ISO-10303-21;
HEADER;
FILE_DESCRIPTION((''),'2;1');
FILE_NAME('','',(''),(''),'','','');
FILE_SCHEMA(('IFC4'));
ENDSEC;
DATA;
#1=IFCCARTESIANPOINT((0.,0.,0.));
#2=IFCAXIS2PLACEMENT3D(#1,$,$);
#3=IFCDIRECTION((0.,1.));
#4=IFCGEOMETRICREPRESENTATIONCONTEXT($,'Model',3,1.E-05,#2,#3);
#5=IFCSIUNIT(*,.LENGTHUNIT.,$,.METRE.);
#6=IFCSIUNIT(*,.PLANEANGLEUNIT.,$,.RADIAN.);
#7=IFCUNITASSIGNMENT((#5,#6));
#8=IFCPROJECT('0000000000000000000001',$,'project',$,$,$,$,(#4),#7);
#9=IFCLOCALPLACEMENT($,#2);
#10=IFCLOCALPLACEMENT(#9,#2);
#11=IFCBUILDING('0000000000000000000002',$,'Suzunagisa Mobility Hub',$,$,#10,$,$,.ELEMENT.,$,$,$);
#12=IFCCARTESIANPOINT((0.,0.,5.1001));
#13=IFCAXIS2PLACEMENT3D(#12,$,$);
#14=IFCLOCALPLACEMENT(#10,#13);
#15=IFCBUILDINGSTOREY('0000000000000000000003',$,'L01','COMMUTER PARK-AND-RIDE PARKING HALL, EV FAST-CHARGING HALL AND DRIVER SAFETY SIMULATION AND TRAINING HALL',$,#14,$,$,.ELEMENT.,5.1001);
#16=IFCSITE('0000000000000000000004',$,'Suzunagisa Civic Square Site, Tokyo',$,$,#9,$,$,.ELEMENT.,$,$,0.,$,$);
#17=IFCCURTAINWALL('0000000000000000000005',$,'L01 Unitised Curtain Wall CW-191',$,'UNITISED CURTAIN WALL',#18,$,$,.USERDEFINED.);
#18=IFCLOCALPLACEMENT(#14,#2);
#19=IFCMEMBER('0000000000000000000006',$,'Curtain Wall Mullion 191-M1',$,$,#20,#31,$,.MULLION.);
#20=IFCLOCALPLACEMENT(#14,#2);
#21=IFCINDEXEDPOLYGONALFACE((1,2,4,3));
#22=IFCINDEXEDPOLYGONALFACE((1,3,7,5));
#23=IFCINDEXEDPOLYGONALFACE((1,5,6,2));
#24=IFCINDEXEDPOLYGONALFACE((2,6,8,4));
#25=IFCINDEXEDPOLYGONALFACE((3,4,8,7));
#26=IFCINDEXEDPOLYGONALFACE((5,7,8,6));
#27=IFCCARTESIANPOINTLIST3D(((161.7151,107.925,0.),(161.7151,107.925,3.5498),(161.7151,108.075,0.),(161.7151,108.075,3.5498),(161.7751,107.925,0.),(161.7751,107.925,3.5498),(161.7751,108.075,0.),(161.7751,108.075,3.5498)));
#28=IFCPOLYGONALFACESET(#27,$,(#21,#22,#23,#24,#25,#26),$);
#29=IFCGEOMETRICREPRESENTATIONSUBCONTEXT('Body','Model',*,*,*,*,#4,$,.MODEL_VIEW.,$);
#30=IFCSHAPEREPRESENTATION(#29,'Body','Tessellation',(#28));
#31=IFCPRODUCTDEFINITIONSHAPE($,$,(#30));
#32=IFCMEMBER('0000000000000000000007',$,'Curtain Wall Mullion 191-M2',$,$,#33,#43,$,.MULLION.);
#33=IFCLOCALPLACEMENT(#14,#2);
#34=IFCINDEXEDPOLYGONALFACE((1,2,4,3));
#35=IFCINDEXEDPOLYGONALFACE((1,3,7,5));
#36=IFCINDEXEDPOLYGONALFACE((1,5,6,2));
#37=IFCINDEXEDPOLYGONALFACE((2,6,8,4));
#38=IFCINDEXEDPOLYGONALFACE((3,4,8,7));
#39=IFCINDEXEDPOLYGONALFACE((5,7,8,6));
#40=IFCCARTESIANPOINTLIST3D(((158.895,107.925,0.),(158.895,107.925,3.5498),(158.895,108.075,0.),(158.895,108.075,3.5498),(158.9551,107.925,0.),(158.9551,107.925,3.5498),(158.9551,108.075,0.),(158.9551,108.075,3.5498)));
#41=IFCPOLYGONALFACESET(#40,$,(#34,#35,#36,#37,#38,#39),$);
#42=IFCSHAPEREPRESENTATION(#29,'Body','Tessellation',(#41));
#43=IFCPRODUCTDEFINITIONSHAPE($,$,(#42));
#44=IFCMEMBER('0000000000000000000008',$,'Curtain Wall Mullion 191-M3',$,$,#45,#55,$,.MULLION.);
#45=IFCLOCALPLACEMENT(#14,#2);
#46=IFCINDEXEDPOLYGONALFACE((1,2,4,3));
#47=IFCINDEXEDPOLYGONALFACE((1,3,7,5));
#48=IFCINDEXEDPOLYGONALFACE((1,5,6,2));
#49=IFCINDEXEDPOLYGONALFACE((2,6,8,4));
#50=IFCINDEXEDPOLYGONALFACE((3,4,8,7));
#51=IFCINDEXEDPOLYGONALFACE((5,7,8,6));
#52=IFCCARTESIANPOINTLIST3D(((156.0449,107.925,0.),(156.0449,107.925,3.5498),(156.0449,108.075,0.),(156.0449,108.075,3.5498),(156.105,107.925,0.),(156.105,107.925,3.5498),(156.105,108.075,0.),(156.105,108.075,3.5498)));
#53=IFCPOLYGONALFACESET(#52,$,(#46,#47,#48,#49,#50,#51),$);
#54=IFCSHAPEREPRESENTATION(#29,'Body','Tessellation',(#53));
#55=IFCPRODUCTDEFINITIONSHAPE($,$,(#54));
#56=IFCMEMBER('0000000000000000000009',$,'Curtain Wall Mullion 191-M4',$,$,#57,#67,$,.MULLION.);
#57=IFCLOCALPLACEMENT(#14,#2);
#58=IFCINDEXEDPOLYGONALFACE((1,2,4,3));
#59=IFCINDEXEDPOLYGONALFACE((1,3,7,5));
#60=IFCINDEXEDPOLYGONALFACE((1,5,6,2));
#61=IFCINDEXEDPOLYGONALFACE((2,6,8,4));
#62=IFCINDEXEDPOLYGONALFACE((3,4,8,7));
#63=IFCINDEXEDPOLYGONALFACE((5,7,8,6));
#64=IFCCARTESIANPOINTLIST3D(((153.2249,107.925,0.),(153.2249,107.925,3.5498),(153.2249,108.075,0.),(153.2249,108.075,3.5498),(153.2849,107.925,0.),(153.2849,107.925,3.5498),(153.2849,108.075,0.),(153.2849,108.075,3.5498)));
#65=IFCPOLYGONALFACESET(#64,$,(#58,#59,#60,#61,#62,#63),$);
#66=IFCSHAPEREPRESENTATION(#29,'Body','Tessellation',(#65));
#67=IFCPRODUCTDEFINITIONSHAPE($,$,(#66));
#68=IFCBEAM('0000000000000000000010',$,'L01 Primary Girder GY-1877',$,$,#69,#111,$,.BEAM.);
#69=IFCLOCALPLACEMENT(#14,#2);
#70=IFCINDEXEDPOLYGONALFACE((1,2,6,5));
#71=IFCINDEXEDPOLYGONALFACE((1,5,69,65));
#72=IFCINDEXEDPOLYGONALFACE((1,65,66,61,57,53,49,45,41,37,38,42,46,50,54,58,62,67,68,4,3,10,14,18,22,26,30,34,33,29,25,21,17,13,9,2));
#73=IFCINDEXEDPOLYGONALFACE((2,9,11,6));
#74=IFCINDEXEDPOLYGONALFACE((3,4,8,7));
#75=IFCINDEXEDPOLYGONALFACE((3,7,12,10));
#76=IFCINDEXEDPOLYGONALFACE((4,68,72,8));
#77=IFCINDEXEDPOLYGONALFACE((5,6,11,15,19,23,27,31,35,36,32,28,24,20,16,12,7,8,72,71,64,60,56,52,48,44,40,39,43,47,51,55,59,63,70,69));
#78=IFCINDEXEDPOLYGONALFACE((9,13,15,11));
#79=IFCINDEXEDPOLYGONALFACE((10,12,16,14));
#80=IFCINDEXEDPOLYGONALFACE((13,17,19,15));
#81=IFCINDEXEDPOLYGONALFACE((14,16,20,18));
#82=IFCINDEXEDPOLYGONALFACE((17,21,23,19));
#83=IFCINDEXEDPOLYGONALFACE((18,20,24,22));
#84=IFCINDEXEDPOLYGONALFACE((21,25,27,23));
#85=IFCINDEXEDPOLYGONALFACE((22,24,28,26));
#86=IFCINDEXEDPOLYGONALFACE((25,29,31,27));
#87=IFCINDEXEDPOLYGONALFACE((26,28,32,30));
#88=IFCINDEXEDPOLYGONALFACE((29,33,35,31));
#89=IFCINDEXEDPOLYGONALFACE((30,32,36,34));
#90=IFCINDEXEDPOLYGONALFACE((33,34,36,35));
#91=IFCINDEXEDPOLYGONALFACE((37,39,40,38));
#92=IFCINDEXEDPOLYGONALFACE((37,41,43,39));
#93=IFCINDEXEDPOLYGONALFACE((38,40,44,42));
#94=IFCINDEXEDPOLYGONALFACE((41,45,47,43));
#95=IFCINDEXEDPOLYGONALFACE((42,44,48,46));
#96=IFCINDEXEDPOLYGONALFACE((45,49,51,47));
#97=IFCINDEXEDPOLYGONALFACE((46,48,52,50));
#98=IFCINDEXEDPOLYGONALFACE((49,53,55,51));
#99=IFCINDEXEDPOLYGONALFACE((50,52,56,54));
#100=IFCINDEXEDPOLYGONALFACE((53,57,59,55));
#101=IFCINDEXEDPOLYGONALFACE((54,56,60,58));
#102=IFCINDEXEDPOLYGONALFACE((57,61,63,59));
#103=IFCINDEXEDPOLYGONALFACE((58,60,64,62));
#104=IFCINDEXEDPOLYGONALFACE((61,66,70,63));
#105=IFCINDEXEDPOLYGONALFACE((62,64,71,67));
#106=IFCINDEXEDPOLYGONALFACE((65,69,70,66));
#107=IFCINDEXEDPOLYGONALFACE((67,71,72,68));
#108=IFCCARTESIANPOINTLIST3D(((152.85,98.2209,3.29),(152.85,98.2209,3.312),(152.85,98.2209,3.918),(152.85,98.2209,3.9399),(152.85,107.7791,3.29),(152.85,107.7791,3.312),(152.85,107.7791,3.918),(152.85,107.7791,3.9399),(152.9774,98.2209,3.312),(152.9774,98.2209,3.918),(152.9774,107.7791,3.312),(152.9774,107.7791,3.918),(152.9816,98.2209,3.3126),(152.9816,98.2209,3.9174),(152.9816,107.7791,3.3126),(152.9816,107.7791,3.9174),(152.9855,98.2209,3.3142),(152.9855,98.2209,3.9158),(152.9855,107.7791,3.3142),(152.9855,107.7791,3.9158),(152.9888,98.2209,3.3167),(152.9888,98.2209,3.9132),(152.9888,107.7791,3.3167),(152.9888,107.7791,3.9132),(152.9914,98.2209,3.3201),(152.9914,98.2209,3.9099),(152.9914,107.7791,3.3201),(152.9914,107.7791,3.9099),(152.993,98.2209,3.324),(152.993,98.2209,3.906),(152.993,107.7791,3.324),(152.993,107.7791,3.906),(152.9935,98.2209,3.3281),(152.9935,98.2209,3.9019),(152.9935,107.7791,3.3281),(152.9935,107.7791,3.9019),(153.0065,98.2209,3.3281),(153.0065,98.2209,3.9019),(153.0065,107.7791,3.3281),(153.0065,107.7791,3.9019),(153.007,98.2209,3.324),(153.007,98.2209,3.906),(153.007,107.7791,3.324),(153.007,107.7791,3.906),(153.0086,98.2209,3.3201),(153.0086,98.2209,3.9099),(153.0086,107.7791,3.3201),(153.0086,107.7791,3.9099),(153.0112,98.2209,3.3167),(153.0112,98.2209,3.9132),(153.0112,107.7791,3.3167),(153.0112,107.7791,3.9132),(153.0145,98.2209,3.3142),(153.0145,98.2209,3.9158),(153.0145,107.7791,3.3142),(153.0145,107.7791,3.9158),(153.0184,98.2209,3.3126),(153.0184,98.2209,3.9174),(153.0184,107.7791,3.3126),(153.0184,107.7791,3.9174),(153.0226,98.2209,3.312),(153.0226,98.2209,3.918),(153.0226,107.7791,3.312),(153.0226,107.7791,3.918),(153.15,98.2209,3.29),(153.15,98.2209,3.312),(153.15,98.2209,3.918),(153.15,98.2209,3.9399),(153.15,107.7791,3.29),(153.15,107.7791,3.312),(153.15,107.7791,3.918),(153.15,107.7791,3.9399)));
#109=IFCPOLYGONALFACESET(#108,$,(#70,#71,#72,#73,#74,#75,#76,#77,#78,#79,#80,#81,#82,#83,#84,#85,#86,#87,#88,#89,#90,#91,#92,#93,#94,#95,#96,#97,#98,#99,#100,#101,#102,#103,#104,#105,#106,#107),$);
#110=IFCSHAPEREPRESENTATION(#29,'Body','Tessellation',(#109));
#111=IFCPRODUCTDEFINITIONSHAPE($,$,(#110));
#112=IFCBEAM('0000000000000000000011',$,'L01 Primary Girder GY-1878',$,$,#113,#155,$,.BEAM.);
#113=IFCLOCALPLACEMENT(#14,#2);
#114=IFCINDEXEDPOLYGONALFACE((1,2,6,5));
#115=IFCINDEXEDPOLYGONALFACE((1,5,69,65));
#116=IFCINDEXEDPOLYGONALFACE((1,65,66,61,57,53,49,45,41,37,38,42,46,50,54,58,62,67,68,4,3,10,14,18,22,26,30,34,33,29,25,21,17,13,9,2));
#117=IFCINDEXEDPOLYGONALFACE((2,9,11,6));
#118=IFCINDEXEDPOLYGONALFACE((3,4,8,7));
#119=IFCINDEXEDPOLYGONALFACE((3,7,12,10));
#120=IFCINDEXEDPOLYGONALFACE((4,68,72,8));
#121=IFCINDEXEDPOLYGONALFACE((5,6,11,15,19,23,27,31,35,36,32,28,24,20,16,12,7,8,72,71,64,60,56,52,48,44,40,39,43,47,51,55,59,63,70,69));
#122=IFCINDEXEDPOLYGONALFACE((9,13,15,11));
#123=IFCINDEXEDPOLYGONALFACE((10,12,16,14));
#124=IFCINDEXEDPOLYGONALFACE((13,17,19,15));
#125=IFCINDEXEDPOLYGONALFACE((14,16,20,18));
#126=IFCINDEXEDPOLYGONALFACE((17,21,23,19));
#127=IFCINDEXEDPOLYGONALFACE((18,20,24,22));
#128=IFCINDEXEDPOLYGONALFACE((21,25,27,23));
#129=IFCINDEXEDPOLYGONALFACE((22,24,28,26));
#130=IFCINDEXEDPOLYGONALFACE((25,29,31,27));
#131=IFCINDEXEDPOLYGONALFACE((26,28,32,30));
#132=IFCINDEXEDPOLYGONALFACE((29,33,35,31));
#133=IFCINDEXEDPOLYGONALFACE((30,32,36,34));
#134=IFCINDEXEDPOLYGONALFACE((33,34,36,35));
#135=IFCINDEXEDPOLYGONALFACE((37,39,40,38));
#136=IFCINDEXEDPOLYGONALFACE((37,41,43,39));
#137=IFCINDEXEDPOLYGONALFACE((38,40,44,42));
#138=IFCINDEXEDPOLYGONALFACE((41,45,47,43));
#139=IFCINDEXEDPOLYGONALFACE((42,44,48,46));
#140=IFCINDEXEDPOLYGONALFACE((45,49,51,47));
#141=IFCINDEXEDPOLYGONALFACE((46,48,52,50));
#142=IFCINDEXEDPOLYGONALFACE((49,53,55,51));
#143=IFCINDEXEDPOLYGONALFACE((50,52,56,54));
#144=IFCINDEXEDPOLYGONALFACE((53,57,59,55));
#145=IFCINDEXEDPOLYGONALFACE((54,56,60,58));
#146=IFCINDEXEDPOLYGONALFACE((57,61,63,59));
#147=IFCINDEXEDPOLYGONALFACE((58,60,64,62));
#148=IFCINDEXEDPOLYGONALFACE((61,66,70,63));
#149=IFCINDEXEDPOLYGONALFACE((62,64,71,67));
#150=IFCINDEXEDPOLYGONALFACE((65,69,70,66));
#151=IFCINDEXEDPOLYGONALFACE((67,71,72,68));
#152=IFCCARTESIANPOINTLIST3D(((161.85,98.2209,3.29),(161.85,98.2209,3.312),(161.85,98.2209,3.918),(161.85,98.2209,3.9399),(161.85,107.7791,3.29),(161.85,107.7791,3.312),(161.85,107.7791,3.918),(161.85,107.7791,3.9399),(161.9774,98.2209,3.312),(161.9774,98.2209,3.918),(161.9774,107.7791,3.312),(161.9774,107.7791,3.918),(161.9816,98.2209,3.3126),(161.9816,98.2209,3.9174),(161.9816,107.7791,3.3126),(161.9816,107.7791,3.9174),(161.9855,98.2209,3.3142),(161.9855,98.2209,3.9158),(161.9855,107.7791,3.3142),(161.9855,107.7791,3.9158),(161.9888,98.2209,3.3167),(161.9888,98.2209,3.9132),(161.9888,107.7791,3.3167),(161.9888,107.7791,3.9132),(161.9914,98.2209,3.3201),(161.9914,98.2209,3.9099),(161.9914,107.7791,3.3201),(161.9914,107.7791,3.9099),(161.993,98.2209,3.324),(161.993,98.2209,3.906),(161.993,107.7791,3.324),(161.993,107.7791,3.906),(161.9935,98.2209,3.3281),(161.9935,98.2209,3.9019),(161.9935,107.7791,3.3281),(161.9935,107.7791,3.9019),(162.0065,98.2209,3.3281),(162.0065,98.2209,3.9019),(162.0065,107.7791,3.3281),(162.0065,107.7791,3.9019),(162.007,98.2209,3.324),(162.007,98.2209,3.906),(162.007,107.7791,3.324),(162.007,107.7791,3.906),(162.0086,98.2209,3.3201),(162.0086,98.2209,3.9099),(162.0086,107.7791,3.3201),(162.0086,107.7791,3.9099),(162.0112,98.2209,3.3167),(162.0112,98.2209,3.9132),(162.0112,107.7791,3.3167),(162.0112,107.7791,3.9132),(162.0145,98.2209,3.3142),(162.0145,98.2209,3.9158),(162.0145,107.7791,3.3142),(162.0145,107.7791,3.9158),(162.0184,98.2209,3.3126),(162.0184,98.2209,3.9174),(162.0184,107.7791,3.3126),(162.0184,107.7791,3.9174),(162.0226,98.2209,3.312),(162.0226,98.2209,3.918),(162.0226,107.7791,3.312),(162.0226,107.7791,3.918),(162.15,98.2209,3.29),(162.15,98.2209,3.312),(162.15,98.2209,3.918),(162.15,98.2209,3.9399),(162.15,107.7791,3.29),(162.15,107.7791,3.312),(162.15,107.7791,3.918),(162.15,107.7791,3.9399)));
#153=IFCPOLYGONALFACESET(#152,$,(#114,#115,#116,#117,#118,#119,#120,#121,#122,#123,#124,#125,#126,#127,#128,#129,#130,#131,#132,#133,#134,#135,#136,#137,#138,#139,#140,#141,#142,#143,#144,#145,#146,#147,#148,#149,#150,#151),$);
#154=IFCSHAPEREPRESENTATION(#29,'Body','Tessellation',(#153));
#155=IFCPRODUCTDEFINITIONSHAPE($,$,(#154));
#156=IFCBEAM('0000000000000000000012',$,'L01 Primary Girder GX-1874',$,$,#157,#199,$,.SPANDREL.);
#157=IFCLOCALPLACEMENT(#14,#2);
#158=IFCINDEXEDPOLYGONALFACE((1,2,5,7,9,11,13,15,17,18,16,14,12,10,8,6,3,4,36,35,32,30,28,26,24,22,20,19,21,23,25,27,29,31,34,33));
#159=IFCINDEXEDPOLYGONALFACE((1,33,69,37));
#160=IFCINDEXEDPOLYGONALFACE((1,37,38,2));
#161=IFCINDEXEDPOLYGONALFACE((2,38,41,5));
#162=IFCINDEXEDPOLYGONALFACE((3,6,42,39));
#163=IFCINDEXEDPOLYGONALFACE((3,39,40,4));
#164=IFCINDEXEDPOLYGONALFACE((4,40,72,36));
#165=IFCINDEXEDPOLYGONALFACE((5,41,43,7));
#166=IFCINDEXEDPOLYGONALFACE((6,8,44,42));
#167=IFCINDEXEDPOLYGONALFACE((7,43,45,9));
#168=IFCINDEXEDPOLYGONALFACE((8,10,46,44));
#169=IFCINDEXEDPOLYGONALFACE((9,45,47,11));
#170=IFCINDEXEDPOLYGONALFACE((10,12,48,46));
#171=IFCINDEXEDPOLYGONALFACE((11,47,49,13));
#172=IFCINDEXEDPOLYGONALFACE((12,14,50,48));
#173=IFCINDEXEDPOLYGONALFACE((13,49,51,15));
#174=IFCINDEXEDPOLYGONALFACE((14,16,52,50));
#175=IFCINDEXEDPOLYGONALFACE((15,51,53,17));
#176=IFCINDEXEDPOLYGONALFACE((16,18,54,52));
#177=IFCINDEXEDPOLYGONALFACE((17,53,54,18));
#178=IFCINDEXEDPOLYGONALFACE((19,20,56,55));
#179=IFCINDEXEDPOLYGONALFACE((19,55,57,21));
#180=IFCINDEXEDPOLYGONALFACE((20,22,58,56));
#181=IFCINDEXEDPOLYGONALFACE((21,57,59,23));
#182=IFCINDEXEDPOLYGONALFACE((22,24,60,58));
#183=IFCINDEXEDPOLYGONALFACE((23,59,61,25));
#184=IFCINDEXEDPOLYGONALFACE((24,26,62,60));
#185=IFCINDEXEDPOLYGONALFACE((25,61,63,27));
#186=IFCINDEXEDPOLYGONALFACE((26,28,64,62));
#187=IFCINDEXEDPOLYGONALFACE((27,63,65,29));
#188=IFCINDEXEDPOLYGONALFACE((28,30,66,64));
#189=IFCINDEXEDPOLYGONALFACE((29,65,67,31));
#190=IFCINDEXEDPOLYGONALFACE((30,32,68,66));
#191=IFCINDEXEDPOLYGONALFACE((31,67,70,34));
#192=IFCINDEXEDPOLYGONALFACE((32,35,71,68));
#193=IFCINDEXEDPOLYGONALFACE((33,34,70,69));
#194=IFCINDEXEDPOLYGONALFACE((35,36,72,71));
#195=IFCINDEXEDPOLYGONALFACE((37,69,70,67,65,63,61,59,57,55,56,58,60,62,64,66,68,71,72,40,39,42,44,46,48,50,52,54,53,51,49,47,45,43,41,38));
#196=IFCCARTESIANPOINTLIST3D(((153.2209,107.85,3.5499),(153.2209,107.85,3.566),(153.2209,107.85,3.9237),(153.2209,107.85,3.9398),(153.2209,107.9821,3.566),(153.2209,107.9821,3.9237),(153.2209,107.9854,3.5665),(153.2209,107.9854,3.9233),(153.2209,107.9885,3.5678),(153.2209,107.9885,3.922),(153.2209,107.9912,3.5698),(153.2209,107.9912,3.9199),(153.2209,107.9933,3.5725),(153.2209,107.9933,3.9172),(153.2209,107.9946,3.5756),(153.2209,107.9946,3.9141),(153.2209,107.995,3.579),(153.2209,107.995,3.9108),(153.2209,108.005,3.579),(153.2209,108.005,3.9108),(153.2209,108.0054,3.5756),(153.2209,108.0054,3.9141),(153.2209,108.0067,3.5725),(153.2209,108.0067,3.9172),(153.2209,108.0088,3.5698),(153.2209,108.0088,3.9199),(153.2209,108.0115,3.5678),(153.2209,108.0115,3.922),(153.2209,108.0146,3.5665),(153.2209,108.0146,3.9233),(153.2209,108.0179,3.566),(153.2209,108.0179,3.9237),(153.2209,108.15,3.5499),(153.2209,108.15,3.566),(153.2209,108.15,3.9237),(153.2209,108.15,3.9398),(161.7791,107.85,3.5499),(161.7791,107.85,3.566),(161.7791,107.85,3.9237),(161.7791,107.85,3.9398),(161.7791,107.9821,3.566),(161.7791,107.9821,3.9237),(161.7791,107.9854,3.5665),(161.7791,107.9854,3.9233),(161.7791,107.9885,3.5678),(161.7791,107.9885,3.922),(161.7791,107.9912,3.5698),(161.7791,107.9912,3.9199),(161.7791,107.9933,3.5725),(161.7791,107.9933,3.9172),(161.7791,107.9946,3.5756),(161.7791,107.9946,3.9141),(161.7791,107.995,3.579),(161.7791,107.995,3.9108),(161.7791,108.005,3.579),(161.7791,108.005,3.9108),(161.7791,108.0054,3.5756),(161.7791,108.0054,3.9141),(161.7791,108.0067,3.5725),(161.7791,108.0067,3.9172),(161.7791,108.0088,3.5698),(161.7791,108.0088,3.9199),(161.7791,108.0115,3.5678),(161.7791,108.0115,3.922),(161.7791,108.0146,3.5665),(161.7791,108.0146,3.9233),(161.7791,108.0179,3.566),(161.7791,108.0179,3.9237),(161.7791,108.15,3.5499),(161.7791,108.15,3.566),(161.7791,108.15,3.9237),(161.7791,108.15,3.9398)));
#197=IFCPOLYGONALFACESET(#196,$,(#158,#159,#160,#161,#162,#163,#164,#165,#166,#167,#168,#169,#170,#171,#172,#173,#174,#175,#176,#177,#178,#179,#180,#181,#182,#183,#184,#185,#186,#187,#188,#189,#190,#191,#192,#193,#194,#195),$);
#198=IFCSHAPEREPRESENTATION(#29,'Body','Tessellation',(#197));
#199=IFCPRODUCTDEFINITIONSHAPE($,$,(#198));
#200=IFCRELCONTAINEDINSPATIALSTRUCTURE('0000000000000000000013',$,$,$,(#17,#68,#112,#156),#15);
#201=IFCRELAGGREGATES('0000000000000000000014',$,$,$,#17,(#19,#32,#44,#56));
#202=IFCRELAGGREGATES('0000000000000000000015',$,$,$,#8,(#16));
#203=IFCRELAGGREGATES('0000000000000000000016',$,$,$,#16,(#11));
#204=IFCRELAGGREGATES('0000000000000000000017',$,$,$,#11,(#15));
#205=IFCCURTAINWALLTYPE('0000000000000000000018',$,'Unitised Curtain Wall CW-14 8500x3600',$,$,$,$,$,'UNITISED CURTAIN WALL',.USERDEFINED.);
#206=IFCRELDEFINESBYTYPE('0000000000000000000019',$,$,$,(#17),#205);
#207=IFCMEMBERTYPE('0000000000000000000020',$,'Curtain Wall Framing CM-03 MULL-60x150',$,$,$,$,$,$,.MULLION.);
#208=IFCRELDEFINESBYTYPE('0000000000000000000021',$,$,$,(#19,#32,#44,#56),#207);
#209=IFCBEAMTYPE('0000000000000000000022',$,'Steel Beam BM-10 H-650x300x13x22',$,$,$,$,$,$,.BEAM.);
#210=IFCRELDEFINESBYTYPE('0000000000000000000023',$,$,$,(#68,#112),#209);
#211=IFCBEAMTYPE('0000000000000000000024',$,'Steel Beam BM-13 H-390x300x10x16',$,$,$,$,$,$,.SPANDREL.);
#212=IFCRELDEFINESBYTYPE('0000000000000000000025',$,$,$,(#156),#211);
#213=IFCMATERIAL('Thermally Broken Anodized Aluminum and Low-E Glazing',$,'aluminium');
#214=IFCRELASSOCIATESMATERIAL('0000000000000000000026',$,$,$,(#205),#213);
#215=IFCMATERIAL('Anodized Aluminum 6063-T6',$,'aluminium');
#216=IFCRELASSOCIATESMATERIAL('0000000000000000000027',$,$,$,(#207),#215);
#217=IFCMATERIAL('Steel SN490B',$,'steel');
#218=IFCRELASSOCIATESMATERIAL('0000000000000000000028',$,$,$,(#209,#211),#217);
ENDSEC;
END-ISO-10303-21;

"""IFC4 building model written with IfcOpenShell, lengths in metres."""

from ifc_helpers import new_model, si_unit, direction, frame, origin, origin_2d, place, context, subcontext, project, spatial, rectangle, i_section, extrude, material, material_profile, profile_set, type_object, element, aggregate, save


model = new_model("IFC4")

# Units and contexts
model_context = context("Model", 3, precision=1e-05, world=origin(), true_north=direction((0.0, 1.0)))
body_context = subcontext(model_context, "Body", "Model", "MODEL_VIEW")
ifc_project = project(units=[si_unit("LENGTHUNIT", "METRE"), si_unit("PLANEANGLEUNIT", "RADIAN")], contexts=[model_context])

# Site, building, storey
site_placement = place(None, origin())
site = spatial("IfcSite", under=ifc_project, at=site_placement, Name="Suzunagisa Civic Square Site, Tokyo", CompositionType="ELEMENT", RefElevation=0.0)
building_placement = place(site_placement, origin())
building = spatial("IfcBuilding", under=site, at=building_placement, Name="Suzunagisa Mobility Hub", CompositionType="ELEMENT")
storey_placement = place(building_placement, frame((0.0, 0.0, 5.1001)))
storey = spatial("IfcBuildingStorey", under=building, at=storey_placement, Name="L01", Description="COMMUTER PARK-AND-RIDE PARKING HALL, EV FAST-CHARGING HALL AND DRIVER SAFETY SIMULATION AND TRAINING HALL", CompositionType="ELEMENT", Elevation=5.1001)

# Shared definitions
ifc_material_1 = material(Name="Steel SN490B", Category="steel")

# Curtain wall, members
ifc_material_2 = material(Name="Thermally Broken Anodized Aluminum and Low-E Glazing", Category="aluminium")
curtain_wall_type = type_object("IfcCurtainWallType", Name="Unitised Curtain Wall CW-14 8500x3600", ElementType="UNITISED CURTAIN WALL", PredefinedType="USERDEFINED", material=ifc_material_2)
curtain_wall_placement = place(storey_placement, origin())
curtain_wall = element("IfcCurtainWall", 1, at=curtain_wall_placement, inside=storey, type_object=curtain_wall_type, Name="L01 Unitised Curtain Wall CW-191", ObjectType="UNITISED CURTAIN WALL", PredefinedType="USERDEFINED")
ifc_material_3 = material(Name="Anodized Aluminum 6063-T6", Category="aluminium")
ifc_material_profile_1 = material_profile(ifc_material_3, rectangle(XDim=0.0601, YDim=0.1499, at=origin_2d()), Name="MULL-60x150")
ifc_profile_set_1 = profile_set([ifc_material_profile_1], Name="Anodized Aluminum 6063-T6")
member_type_1 = type_object("IfcMemberType", Name="Curtain Wall Framing CM-03 MULL-60x150", PredefinedType="MULLION", material=ifc_profile_set_1)
member_1_placement = place(storey_placement, frame((161.7451, 108.0, 0.0), z_axis=(0.0, 0.0, 1.0), x_axis=(-1.0, 0.0, 0.0)))
member_1 = element("IfcMember", 2, at=member_1_placement, type_object=member_type_1, Name="Curtain Wall Mullion 191-M1", PredefinedType="MULLION", context=body_context, shape_type="SweptSolid", body=[
    extrude(rectangle(XDim=0.0601, YDim=0.1499, at=origin_2d()), origin(), (0.0, 0.0, 1.0), 3.5498),
])
member_2_placement = place(storey_placement, frame((158.925, 108.0, 0.0), z_axis=(0.0, 0.0, 1.0), x_axis=(-1.0, 0.0, 0.0)))
member_2 = element("IfcMember", 3, at=member_2_placement, type_object=member_type_1, Name="Curtain Wall Mullion 191-M2", PredefinedType="MULLION", context=body_context, shape_type="SweptSolid", body=[
    extrude(rectangle(XDim=0.0601, YDim=0.1499, at=origin_2d()), origin(), (0.0, 0.0, 1.0), 3.5498),
])
member_3_placement = place(storey_placement, frame((156.075, 108.0, 0.0), z_axis=(0.0, 0.0, 1.0), x_axis=(-1.0, 0.0, 0.0)))
member_3 = element("IfcMember", 4, at=member_3_placement, type_object=member_type_1, Name="Curtain Wall Mullion 191-M3", PredefinedType="MULLION", context=body_context, shape_type="SweptSolid", body=[
    extrude(rectangle(XDim=0.0601, YDim=0.1499, at=origin_2d()), origin(), (0.0, 0.0, 1.0), 3.5498),
])
member_4_placement = place(storey_placement, frame((153.2549, 108.0, 0.0), z_axis=(0.0, 0.0, 1.0), x_axis=(-1.0, 0.0, 0.0)))
member_4 = element("IfcMember", 5, at=member_4_placement, type_object=member_type_1, Name="Curtain Wall Mullion 191-M4", PredefinedType="MULLION", context=body_context, shape_type="SweptSolid", body=[
    extrude(rectangle(XDim=0.0601, YDim=0.1499, at=origin_2d()), origin(), (0.0, 0.0, 1.0), 3.5498),
])

# Beams
ifc_material_profile_2 = material_profile(ifc_material_1, i_section(OverallWidth=0.3, OverallDepth=0.6499, WebThickness=0.0129, FlangeThickness=0.022, FilletRadius=0.0161, at=origin_2d()), Name="H-650x300x13x22")
ifc_profile_set_2 = profile_set([ifc_material_profile_2], Name="Steel SN490B")
beam_type_1 = type_object("IfcBeamType", Name="Steel Beam BM-10 H-650x300x13x22", PredefinedType="BEAM", material=ifc_profile_set_2)
for number, where, z_axis, x_axis, name in (
    (6, (153.0, 98.2209, 3.615), (0.0, 1.0, 0.0), (-1.0, 0.0, 0.0), "L01 Primary Girder GY-1877"),
    (7, (162.0, 98.2209, 3.615), (0.0, 1.0, 0.0), (-1.0, 0.0, 0.0), "L01 Primary Girder GY-1878"),
):
    element("IfcBeam", number, at=place(storey_placement, frame(where, z_axis=z_axis, x_axis=x_axis)), inside=storey, type_object=beam_type_1, Name=name, PredefinedType="BEAM", context=body_context, shape_type="SweptSolid", body=[
        extrude(i_section(OverallWidth=0.3, OverallDepth=0.6499, WebThickness=0.0129, FlangeThickness=0.022, FilletRadius=0.0161, at=origin_2d()), origin(), (0.0, 0.0, 1.0), 9.5581),
    ])
ifc_material_profile_3 = material_profile(ifc_material_1, i_section(OverallWidth=0.3, OverallDepth=0.3899, WebThickness=0.01, FlangeThickness=0.0161, FilletRadius=0.0129, at=origin_2d()), Name="H-390x300x10x16")
ifc_profile_set_3 = profile_set([ifc_material_profile_3], Name="Steel SN490B")
beam_type_2 = type_object("IfcBeamType", Name="Steel Beam BM-13 H-390x300x10x16", PredefinedType="SPANDREL", material=ifc_profile_set_3)
beam_1_placement = place(storey_placement, frame((153.2209, 108.0, 3.7449), z_axis=(1.0, 0.0, 0.0), x_axis=(0.0, 1.0, 0.0)))
element("IfcBeam", 8, at=beam_1_placement, inside=storey, type_object=beam_type_2, Name="L01 Primary Girder GX-1874", PredefinedType="SPANDREL", context=body_context, shape_type="SweptSolid", body=[
    extrude(i_section(OverallWidth=0.3, OverallDepth=0.3899, WebThickness=0.01, FlangeThickness=0.0161, FilletRadius=0.0129, at=origin_2d()), origin(), (0.0, 0.0, 1.0), 8.5581),
])

aggregate(curtain_wall, [member_1, member_2, member_3, member_4])

save(model, "model.ifc")
